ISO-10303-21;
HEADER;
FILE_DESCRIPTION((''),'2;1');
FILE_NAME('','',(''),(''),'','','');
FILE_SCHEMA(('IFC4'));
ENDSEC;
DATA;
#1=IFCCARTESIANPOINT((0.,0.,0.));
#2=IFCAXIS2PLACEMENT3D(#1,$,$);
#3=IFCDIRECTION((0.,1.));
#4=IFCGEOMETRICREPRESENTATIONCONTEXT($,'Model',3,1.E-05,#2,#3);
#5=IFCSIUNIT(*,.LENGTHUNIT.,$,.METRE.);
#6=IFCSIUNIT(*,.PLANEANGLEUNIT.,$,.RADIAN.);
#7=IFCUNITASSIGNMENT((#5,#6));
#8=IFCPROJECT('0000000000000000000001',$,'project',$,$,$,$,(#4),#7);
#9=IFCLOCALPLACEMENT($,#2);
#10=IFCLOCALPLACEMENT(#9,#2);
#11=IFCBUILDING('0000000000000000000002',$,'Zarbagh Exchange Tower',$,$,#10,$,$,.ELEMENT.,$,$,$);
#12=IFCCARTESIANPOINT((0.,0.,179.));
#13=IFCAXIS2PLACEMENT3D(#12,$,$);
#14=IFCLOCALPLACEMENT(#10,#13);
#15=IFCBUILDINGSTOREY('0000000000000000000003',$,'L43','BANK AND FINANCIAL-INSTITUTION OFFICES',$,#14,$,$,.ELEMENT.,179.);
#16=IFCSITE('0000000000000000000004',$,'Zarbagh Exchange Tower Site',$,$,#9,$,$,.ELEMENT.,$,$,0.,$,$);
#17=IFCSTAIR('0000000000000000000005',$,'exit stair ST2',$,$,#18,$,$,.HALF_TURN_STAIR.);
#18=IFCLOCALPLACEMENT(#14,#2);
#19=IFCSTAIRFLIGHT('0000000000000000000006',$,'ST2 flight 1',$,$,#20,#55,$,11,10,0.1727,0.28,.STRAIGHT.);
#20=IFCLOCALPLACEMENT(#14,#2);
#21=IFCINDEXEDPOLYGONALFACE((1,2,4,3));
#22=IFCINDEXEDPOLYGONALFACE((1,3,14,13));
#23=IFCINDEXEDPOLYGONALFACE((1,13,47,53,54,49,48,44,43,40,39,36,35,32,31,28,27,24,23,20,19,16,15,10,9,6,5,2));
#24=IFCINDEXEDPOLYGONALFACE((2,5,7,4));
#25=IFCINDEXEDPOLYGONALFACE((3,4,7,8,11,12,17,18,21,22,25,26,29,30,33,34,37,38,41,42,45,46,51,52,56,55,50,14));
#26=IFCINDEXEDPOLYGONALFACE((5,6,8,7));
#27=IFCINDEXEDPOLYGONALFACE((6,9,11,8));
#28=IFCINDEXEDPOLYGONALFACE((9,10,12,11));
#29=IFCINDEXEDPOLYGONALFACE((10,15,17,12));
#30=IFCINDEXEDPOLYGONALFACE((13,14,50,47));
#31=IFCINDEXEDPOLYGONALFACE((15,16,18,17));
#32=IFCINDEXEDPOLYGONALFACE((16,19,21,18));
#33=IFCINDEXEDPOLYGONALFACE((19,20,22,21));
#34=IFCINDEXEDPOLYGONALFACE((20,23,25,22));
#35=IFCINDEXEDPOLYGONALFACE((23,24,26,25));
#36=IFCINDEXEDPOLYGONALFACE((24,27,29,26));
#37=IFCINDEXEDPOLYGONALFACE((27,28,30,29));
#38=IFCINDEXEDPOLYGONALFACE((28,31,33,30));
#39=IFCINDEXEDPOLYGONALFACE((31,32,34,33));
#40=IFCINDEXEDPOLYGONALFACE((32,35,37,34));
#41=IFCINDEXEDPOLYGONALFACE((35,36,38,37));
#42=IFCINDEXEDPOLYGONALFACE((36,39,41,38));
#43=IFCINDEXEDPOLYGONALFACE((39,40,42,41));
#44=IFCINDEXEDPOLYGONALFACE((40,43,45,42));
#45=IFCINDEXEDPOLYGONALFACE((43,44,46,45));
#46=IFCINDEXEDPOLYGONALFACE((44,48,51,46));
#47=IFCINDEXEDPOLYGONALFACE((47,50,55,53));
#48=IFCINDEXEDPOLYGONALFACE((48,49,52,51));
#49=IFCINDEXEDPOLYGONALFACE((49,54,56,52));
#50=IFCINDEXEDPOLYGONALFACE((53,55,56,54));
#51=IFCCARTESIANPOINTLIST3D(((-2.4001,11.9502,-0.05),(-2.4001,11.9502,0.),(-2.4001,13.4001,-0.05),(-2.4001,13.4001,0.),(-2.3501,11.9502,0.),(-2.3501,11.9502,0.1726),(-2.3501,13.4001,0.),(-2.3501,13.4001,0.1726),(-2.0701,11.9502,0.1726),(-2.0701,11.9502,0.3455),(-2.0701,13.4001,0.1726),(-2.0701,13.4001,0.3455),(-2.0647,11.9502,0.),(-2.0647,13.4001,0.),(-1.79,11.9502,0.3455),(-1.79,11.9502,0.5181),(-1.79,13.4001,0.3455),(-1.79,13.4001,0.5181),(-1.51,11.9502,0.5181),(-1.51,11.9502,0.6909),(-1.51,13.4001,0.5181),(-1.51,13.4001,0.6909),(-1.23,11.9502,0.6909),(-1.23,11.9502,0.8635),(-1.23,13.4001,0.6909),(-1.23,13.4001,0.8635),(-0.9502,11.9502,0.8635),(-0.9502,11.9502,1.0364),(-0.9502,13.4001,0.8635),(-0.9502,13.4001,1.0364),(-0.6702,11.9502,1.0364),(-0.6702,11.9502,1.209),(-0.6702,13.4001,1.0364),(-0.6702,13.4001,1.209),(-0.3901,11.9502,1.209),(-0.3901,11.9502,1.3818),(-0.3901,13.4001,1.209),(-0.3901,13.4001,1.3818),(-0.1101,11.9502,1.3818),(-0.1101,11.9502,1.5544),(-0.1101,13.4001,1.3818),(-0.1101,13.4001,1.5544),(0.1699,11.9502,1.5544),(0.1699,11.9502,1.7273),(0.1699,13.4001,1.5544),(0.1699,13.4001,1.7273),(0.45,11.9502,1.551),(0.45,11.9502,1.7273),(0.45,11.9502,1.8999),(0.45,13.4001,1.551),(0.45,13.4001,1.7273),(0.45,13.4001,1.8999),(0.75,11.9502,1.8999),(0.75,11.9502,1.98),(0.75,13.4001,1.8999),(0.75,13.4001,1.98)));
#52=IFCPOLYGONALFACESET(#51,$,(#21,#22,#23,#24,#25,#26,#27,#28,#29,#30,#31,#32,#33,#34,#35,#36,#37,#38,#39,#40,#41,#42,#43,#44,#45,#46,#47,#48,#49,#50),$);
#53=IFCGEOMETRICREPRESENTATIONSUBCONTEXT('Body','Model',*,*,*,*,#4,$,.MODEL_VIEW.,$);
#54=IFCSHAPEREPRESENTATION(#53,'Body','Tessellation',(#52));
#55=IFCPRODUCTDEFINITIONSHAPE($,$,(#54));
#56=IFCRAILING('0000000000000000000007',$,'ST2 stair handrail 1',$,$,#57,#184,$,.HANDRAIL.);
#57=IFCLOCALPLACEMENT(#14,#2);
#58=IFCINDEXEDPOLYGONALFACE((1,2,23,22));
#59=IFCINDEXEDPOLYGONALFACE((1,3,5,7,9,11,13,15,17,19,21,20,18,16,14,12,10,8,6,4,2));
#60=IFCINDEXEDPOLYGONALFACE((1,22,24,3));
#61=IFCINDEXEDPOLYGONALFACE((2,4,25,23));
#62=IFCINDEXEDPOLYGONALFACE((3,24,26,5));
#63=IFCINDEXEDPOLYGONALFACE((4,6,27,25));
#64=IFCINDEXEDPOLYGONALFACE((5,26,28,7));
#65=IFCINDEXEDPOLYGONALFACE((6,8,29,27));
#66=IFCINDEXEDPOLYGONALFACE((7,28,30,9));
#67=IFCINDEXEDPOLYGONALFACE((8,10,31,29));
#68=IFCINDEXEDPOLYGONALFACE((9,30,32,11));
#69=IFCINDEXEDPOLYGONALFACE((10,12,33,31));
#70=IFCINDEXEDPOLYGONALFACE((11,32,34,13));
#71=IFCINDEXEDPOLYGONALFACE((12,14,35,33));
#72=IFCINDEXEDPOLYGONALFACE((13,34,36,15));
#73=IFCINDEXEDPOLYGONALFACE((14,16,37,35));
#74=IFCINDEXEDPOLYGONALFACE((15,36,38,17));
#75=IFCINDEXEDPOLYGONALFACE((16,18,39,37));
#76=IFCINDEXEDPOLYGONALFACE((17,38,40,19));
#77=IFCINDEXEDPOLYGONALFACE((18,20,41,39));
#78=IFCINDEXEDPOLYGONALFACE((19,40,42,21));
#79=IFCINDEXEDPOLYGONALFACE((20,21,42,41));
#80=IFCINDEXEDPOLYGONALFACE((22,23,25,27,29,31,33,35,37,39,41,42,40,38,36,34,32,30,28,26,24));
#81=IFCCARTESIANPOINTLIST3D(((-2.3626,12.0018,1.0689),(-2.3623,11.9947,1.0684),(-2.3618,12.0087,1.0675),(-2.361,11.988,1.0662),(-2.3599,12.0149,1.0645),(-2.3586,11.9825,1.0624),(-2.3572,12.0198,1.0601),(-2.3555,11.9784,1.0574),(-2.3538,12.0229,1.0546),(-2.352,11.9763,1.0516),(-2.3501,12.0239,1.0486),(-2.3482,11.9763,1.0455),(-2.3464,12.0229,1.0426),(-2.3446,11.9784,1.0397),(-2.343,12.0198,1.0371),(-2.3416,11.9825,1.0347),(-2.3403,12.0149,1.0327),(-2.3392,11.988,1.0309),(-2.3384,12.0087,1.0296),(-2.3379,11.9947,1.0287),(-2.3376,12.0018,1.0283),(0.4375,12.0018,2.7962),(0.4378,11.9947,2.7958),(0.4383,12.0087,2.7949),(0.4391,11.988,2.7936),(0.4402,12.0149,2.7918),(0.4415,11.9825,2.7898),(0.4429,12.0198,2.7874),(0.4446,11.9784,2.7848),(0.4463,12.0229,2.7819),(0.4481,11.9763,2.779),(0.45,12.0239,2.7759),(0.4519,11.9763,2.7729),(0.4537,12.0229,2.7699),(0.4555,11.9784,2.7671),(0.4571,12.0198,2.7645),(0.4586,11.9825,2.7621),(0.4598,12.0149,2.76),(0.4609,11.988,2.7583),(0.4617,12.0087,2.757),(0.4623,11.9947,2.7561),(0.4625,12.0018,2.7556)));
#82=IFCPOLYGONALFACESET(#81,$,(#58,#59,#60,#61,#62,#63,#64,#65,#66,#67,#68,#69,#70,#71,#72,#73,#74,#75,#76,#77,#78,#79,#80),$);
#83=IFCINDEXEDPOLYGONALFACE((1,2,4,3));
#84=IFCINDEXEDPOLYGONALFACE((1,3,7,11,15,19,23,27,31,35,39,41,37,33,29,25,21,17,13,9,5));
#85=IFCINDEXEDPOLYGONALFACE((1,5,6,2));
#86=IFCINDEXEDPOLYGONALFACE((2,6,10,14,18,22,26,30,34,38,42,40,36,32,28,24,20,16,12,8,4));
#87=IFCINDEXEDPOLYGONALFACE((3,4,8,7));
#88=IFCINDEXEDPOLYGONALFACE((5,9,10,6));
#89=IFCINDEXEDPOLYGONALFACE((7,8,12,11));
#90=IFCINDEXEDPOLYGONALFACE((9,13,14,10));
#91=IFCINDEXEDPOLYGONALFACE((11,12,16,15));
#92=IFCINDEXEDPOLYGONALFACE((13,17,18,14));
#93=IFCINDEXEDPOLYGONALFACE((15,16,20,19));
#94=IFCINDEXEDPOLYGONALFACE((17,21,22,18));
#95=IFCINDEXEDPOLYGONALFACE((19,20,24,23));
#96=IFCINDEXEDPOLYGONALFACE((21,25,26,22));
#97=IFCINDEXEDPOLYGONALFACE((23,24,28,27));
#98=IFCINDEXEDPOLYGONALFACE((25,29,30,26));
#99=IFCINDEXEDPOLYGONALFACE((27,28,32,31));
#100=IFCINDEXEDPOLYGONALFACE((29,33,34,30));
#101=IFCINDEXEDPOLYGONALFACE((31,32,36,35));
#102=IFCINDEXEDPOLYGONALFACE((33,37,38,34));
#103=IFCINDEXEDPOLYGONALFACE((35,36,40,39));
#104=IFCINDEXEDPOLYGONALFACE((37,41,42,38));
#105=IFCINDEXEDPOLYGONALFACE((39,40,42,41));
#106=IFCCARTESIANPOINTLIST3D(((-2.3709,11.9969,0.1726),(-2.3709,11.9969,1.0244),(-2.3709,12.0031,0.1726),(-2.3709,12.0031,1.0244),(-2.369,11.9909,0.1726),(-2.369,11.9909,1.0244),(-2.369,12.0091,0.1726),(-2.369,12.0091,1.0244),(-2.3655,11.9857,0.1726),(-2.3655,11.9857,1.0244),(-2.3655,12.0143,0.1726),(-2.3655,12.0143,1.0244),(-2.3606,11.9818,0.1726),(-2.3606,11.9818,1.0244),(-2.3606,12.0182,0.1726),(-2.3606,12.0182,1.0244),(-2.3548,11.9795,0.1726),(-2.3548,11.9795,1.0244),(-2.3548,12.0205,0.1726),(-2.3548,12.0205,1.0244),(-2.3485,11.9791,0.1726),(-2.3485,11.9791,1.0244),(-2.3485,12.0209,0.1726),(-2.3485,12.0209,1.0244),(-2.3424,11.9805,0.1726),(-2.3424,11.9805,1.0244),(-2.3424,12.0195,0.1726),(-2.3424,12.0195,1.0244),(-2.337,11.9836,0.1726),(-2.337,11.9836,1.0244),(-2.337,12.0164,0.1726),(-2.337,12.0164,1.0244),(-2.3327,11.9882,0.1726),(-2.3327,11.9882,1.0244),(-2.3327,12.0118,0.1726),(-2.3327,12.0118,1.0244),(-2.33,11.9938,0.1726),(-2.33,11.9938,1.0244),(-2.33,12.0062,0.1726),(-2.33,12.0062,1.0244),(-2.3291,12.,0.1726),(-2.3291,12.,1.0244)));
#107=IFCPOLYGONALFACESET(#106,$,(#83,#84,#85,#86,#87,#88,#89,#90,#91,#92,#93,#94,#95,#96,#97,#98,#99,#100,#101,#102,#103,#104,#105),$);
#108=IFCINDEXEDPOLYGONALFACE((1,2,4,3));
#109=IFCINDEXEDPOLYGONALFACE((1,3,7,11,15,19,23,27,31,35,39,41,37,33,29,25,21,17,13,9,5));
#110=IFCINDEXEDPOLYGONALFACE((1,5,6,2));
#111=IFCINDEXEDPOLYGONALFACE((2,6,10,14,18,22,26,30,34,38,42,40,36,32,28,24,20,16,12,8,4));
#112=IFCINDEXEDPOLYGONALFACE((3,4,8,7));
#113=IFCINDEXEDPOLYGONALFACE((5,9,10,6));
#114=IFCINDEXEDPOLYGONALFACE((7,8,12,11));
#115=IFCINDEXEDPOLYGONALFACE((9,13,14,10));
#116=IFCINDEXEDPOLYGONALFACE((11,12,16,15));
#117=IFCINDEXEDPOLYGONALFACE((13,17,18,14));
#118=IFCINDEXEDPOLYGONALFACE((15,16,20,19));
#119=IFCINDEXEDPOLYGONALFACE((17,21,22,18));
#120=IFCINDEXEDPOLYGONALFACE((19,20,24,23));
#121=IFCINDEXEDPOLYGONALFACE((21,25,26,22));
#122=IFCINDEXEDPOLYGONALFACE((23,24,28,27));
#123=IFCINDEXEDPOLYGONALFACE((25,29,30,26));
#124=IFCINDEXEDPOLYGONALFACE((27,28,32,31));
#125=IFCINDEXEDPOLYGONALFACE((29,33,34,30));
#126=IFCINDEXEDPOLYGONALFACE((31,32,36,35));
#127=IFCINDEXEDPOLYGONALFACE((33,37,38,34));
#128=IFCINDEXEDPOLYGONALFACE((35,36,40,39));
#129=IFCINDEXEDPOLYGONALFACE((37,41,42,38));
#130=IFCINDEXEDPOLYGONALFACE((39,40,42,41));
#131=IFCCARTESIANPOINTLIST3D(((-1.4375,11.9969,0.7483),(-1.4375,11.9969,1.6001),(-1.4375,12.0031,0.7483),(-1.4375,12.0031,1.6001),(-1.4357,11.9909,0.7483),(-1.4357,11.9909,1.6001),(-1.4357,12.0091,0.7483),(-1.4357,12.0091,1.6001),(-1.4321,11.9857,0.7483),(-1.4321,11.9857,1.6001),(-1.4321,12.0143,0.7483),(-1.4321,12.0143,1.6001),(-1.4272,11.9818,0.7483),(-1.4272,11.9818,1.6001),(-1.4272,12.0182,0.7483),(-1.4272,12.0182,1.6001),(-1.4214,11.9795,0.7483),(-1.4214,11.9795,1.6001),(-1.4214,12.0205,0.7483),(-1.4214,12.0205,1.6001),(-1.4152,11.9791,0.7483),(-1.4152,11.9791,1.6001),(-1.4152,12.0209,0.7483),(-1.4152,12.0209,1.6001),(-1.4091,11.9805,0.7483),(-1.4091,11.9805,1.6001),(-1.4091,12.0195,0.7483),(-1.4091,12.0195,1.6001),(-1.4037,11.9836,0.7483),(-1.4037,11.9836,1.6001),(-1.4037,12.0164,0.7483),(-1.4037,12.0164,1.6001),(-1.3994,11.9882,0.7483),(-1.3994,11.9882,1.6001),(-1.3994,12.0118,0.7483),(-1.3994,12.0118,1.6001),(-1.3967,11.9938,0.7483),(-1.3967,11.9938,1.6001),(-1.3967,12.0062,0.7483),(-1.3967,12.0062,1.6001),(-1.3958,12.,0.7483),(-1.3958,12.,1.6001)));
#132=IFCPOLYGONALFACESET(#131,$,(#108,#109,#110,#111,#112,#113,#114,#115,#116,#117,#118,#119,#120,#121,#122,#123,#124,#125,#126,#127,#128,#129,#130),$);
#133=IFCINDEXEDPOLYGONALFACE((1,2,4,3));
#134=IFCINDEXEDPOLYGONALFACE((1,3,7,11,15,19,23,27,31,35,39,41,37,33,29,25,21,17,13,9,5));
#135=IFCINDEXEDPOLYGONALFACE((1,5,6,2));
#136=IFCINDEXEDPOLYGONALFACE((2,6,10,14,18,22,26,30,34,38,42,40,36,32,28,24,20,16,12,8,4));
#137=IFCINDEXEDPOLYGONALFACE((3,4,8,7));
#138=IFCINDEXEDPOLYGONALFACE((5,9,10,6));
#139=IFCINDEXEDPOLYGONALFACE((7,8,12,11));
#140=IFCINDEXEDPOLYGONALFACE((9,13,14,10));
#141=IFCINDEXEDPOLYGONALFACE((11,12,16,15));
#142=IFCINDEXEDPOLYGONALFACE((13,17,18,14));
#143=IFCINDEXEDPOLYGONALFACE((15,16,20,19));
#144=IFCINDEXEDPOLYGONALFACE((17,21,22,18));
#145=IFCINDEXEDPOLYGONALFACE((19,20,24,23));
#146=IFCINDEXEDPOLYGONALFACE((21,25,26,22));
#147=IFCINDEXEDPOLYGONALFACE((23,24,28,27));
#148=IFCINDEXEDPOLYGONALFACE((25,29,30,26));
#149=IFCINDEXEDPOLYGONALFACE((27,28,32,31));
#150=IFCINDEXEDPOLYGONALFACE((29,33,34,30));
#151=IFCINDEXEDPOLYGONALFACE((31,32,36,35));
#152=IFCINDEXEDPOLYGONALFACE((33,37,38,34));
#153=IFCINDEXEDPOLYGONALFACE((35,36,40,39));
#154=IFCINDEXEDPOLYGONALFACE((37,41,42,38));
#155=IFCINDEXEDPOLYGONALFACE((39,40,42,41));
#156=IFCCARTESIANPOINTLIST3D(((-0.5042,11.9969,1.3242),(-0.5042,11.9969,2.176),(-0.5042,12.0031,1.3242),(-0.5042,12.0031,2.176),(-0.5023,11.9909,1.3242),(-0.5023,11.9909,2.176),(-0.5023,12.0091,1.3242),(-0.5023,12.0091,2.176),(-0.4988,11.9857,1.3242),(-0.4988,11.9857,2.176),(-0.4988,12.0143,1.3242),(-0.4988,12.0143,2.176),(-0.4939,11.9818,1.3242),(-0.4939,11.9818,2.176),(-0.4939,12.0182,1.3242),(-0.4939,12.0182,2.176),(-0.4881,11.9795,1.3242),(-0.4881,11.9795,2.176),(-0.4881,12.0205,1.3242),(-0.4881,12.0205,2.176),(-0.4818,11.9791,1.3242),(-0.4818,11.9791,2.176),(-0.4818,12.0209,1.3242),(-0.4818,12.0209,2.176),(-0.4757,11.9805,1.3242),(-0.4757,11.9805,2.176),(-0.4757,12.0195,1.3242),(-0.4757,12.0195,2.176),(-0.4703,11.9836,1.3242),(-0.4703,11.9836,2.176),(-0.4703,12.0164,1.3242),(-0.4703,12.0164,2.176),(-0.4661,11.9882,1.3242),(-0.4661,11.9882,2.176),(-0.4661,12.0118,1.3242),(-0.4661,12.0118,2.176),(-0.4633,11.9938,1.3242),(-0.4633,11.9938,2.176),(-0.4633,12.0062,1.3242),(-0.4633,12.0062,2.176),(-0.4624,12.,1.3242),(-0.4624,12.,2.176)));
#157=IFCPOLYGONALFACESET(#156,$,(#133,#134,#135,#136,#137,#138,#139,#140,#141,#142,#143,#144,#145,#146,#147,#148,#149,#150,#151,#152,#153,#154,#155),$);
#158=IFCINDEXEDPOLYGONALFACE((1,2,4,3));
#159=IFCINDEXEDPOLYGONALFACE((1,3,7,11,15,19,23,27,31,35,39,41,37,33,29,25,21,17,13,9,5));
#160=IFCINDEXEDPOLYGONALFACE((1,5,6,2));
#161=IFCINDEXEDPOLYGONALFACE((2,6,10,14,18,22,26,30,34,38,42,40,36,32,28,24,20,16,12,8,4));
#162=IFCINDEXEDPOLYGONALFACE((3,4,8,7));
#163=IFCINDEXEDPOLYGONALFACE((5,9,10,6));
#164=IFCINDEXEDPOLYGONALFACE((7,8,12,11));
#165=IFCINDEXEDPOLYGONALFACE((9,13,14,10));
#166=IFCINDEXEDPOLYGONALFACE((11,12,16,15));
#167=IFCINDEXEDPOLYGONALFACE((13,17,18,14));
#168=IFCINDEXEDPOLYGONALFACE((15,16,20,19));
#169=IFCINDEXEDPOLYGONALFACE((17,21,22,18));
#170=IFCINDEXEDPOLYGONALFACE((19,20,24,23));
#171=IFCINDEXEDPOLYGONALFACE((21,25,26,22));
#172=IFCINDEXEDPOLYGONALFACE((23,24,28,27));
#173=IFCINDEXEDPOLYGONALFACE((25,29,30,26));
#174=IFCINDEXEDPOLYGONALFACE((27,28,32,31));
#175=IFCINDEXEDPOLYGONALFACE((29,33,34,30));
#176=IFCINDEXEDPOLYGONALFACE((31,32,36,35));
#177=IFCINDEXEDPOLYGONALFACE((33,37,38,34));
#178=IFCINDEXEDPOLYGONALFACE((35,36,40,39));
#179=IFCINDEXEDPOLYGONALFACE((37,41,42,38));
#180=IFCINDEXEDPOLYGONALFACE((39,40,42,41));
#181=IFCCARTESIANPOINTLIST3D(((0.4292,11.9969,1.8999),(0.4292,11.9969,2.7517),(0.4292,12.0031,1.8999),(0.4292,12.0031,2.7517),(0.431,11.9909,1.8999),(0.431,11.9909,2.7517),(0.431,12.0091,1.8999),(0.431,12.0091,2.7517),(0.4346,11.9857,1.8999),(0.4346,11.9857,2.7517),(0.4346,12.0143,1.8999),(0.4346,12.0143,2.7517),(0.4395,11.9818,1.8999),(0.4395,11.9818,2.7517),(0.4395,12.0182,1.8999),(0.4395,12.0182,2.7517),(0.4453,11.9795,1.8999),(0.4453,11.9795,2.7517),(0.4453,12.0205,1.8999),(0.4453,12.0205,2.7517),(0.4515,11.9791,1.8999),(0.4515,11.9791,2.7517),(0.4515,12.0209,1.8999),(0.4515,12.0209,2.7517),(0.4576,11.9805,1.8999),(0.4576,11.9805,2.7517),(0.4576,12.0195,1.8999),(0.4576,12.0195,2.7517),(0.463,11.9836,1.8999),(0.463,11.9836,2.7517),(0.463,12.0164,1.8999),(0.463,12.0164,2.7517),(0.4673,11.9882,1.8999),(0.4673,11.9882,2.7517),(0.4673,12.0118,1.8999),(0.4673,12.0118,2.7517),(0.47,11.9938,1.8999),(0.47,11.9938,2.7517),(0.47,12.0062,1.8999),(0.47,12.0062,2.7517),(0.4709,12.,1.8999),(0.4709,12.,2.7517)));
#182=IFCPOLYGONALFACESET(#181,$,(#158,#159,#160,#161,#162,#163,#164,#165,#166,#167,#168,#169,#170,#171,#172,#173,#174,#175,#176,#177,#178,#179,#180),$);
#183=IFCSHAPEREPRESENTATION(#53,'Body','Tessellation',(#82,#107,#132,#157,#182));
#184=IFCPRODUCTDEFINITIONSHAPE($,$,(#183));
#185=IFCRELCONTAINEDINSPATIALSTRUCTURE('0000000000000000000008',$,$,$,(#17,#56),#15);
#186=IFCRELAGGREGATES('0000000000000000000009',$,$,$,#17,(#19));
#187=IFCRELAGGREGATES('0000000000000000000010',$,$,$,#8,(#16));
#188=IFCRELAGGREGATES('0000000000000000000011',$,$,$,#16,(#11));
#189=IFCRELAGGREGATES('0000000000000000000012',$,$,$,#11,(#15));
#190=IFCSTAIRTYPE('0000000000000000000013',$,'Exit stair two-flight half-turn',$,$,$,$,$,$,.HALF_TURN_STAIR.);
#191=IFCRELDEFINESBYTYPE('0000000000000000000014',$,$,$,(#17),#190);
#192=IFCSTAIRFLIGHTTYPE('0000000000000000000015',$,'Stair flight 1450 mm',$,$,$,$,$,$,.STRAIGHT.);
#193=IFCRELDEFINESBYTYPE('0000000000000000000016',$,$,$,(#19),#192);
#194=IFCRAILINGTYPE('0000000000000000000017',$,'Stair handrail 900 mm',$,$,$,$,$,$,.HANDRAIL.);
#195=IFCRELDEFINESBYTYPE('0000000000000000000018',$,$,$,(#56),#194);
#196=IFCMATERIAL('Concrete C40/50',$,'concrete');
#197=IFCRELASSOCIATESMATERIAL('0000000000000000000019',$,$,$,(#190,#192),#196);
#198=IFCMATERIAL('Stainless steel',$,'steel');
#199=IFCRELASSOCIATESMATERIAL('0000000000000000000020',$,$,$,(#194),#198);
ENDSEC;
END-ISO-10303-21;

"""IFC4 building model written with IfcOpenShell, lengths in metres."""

from ifc_helpers import new_model, si_unit, direction, frame, origin, origin_2d, place, context, subcontext, project, spatial, polyline, circle, outline, extrude, material, type_object, element, aggregate, save


model = new_model("IFC4")

# Units and contexts
model_context = context("Model", 3, precision=1e-05, world=origin(), true_north=direction((0.0, 1.0)))
body_context = subcontext(model_context, "Body", "Model", "MODEL_VIEW")
ifc_project = project(units=[si_unit("LENGTHUNIT", "METRE"), si_unit("PLANEANGLEUNIT", "RADIAN")], contexts=[model_context])

# Site, building, storey
site_placement = place(None, origin())
site = spatial("IfcSite", under=ifc_project, at=site_placement, Name="Zarbagh Exchange Tower Site", CompositionType="ELEMENT", RefElevation=0.0)
building_placement = place(site_placement, origin())
building = spatial("IfcBuilding", under=site, at=building_placement, Name="Zarbagh Exchange Tower", CompositionType="ELEMENT")
storey_placement = place(building_placement, frame((0.0, 0.0, 179.0)))
storey = spatial("IfcBuildingStorey", under=building, at=storey_placement, Name="L43", Description="BANK AND FINANCIAL-INSTITUTION OFFICES", CompositionType="ELEMENT", Elevation=179.0)

# Shared definitions
ifc_material_1 = material(Name="Concrete C40/50", Category="concrete")

# Stair, stair flight
stair_type = type_object("IfcStairType", Name="Exit stair two-flight half-turn", PredefinedType="HALF_TURN_STAIR", material=ifc_material_1)
stair_placement = place(storey_placement, origin())
stair = element("IfcStair", 1, at=stair_placement, inside=storey, type_object=stair_type, Name="exit stair ST2", PredefinedType="HALF_TURN_STAIR")
stair_flight_type = type_object("IfcStairFlightType", Name="Stair flight 1450 mm", PredefinedType="STRAIGHT", material=ifc_material_1)
stair_flight_placement = place(storey_placement, frame((-2.3501, 12.675, 0.0), z_axis=(0.0, 0.0, 1.0), x_axis=(1.0, 0.0, 0.0)))
stair_flight = element("IfcStairFlight", 2, at=stair_flight_placement, type_object=stair_flight_type, Name="ST2 flight 1", NumberOfRisers=11, NumberOfTreads=10, PredefinedType="STRAIGHT", RiserHeight=0.1727, TreadLength=0.28, context=body_context, shape_type="SweptSolid", body=[
    extrude(outline(polyline([(-0.05, -0.05), (-0.05, 0.0), (0.0, 0.0), (0.0, 0.1726), (0.28, 0.1726), (0.28, 0.3455), (0.5601, 0.3455), (0.5601, 0.5181), (0.8401, 0.5181), (0.8401, 0.6909), (1.1201, 0.6909), (1.1201, 0.8635), (1.3999, 0.8635), (1.3999, 1.0364), (1.6799, 1.0364), (1.6799, 1.209), (1.96, 1.209), (1.96, 1.3818), (2.24, 1.3818), (2.24, 1.5544), (2.52, 1.5544), (2.52, 1.7273), (2.8, 1.7273), (2.8, 1.8999), (3.1001, 1.98), (3.1001, 1.8999), (2.8, 1.551), (0.2854, 0.0), (-0.05, -0.05)])), frame((0.0, 0.7251, 0.0), z_axis=(0.0, -1.0, 0.0), x_axis=(1.0, 0.0, 0.0)), (0.0, 0.0, 1.0), 1.45),
])
aggregate(stair, [stair_flight])

# Railing
ifc_material_2 = material(Name="Stainless steel", Category="steel")
railing_type = type_object("IfcRailingType", Name="Stair handrail 900 mm", PredefinedType="HANDRAIL", material=ifc_material_2)
railing_placement = place(storey_placement, frame((-2.3501, 12.0, 0.1726)))
element("IfcRailing", 3, at=railing_placement, inside=storey, type_object=railing_type, Name="ST2 stair handrail 1", PredefinedType="HANDRAIL", context=body_context, shape_type="SweptSolid", body=[
    extrude(circle(Radius=0.0239, at=origin_2d()), frame((0.0, 0.0, 0.876), z_axis=(0.85109, 0.0, 0.52502), x_axis=(0.0, 1.0, 0.0)), (0.0, 0.0, 1.0), 3.29),
    extrude(circle(Radius=0.021, at=origin_2d()), origin(), (0.0, 0.0, 1.0), 0.8518),
    extrude(circle(Radius=0.021, at=origin_2d()), frame((0.9333, 0.0, 0.5757)), (0.0, 0.0, 1.0), 0.8518),
    extrude(circle(Radius=0.021, at=origin_2d()), frame((1.8667, 0.0, 1.1516)), (0.0, 0.0, 1.0), 0.8518),
    extrude(circle(Radius=0.021, at=origin_2d()), frame((2.8, 0.0, 1.7273)), (0.0, 0.0, 1.0), 0.8518),
])

save(model, "model.ifc")
